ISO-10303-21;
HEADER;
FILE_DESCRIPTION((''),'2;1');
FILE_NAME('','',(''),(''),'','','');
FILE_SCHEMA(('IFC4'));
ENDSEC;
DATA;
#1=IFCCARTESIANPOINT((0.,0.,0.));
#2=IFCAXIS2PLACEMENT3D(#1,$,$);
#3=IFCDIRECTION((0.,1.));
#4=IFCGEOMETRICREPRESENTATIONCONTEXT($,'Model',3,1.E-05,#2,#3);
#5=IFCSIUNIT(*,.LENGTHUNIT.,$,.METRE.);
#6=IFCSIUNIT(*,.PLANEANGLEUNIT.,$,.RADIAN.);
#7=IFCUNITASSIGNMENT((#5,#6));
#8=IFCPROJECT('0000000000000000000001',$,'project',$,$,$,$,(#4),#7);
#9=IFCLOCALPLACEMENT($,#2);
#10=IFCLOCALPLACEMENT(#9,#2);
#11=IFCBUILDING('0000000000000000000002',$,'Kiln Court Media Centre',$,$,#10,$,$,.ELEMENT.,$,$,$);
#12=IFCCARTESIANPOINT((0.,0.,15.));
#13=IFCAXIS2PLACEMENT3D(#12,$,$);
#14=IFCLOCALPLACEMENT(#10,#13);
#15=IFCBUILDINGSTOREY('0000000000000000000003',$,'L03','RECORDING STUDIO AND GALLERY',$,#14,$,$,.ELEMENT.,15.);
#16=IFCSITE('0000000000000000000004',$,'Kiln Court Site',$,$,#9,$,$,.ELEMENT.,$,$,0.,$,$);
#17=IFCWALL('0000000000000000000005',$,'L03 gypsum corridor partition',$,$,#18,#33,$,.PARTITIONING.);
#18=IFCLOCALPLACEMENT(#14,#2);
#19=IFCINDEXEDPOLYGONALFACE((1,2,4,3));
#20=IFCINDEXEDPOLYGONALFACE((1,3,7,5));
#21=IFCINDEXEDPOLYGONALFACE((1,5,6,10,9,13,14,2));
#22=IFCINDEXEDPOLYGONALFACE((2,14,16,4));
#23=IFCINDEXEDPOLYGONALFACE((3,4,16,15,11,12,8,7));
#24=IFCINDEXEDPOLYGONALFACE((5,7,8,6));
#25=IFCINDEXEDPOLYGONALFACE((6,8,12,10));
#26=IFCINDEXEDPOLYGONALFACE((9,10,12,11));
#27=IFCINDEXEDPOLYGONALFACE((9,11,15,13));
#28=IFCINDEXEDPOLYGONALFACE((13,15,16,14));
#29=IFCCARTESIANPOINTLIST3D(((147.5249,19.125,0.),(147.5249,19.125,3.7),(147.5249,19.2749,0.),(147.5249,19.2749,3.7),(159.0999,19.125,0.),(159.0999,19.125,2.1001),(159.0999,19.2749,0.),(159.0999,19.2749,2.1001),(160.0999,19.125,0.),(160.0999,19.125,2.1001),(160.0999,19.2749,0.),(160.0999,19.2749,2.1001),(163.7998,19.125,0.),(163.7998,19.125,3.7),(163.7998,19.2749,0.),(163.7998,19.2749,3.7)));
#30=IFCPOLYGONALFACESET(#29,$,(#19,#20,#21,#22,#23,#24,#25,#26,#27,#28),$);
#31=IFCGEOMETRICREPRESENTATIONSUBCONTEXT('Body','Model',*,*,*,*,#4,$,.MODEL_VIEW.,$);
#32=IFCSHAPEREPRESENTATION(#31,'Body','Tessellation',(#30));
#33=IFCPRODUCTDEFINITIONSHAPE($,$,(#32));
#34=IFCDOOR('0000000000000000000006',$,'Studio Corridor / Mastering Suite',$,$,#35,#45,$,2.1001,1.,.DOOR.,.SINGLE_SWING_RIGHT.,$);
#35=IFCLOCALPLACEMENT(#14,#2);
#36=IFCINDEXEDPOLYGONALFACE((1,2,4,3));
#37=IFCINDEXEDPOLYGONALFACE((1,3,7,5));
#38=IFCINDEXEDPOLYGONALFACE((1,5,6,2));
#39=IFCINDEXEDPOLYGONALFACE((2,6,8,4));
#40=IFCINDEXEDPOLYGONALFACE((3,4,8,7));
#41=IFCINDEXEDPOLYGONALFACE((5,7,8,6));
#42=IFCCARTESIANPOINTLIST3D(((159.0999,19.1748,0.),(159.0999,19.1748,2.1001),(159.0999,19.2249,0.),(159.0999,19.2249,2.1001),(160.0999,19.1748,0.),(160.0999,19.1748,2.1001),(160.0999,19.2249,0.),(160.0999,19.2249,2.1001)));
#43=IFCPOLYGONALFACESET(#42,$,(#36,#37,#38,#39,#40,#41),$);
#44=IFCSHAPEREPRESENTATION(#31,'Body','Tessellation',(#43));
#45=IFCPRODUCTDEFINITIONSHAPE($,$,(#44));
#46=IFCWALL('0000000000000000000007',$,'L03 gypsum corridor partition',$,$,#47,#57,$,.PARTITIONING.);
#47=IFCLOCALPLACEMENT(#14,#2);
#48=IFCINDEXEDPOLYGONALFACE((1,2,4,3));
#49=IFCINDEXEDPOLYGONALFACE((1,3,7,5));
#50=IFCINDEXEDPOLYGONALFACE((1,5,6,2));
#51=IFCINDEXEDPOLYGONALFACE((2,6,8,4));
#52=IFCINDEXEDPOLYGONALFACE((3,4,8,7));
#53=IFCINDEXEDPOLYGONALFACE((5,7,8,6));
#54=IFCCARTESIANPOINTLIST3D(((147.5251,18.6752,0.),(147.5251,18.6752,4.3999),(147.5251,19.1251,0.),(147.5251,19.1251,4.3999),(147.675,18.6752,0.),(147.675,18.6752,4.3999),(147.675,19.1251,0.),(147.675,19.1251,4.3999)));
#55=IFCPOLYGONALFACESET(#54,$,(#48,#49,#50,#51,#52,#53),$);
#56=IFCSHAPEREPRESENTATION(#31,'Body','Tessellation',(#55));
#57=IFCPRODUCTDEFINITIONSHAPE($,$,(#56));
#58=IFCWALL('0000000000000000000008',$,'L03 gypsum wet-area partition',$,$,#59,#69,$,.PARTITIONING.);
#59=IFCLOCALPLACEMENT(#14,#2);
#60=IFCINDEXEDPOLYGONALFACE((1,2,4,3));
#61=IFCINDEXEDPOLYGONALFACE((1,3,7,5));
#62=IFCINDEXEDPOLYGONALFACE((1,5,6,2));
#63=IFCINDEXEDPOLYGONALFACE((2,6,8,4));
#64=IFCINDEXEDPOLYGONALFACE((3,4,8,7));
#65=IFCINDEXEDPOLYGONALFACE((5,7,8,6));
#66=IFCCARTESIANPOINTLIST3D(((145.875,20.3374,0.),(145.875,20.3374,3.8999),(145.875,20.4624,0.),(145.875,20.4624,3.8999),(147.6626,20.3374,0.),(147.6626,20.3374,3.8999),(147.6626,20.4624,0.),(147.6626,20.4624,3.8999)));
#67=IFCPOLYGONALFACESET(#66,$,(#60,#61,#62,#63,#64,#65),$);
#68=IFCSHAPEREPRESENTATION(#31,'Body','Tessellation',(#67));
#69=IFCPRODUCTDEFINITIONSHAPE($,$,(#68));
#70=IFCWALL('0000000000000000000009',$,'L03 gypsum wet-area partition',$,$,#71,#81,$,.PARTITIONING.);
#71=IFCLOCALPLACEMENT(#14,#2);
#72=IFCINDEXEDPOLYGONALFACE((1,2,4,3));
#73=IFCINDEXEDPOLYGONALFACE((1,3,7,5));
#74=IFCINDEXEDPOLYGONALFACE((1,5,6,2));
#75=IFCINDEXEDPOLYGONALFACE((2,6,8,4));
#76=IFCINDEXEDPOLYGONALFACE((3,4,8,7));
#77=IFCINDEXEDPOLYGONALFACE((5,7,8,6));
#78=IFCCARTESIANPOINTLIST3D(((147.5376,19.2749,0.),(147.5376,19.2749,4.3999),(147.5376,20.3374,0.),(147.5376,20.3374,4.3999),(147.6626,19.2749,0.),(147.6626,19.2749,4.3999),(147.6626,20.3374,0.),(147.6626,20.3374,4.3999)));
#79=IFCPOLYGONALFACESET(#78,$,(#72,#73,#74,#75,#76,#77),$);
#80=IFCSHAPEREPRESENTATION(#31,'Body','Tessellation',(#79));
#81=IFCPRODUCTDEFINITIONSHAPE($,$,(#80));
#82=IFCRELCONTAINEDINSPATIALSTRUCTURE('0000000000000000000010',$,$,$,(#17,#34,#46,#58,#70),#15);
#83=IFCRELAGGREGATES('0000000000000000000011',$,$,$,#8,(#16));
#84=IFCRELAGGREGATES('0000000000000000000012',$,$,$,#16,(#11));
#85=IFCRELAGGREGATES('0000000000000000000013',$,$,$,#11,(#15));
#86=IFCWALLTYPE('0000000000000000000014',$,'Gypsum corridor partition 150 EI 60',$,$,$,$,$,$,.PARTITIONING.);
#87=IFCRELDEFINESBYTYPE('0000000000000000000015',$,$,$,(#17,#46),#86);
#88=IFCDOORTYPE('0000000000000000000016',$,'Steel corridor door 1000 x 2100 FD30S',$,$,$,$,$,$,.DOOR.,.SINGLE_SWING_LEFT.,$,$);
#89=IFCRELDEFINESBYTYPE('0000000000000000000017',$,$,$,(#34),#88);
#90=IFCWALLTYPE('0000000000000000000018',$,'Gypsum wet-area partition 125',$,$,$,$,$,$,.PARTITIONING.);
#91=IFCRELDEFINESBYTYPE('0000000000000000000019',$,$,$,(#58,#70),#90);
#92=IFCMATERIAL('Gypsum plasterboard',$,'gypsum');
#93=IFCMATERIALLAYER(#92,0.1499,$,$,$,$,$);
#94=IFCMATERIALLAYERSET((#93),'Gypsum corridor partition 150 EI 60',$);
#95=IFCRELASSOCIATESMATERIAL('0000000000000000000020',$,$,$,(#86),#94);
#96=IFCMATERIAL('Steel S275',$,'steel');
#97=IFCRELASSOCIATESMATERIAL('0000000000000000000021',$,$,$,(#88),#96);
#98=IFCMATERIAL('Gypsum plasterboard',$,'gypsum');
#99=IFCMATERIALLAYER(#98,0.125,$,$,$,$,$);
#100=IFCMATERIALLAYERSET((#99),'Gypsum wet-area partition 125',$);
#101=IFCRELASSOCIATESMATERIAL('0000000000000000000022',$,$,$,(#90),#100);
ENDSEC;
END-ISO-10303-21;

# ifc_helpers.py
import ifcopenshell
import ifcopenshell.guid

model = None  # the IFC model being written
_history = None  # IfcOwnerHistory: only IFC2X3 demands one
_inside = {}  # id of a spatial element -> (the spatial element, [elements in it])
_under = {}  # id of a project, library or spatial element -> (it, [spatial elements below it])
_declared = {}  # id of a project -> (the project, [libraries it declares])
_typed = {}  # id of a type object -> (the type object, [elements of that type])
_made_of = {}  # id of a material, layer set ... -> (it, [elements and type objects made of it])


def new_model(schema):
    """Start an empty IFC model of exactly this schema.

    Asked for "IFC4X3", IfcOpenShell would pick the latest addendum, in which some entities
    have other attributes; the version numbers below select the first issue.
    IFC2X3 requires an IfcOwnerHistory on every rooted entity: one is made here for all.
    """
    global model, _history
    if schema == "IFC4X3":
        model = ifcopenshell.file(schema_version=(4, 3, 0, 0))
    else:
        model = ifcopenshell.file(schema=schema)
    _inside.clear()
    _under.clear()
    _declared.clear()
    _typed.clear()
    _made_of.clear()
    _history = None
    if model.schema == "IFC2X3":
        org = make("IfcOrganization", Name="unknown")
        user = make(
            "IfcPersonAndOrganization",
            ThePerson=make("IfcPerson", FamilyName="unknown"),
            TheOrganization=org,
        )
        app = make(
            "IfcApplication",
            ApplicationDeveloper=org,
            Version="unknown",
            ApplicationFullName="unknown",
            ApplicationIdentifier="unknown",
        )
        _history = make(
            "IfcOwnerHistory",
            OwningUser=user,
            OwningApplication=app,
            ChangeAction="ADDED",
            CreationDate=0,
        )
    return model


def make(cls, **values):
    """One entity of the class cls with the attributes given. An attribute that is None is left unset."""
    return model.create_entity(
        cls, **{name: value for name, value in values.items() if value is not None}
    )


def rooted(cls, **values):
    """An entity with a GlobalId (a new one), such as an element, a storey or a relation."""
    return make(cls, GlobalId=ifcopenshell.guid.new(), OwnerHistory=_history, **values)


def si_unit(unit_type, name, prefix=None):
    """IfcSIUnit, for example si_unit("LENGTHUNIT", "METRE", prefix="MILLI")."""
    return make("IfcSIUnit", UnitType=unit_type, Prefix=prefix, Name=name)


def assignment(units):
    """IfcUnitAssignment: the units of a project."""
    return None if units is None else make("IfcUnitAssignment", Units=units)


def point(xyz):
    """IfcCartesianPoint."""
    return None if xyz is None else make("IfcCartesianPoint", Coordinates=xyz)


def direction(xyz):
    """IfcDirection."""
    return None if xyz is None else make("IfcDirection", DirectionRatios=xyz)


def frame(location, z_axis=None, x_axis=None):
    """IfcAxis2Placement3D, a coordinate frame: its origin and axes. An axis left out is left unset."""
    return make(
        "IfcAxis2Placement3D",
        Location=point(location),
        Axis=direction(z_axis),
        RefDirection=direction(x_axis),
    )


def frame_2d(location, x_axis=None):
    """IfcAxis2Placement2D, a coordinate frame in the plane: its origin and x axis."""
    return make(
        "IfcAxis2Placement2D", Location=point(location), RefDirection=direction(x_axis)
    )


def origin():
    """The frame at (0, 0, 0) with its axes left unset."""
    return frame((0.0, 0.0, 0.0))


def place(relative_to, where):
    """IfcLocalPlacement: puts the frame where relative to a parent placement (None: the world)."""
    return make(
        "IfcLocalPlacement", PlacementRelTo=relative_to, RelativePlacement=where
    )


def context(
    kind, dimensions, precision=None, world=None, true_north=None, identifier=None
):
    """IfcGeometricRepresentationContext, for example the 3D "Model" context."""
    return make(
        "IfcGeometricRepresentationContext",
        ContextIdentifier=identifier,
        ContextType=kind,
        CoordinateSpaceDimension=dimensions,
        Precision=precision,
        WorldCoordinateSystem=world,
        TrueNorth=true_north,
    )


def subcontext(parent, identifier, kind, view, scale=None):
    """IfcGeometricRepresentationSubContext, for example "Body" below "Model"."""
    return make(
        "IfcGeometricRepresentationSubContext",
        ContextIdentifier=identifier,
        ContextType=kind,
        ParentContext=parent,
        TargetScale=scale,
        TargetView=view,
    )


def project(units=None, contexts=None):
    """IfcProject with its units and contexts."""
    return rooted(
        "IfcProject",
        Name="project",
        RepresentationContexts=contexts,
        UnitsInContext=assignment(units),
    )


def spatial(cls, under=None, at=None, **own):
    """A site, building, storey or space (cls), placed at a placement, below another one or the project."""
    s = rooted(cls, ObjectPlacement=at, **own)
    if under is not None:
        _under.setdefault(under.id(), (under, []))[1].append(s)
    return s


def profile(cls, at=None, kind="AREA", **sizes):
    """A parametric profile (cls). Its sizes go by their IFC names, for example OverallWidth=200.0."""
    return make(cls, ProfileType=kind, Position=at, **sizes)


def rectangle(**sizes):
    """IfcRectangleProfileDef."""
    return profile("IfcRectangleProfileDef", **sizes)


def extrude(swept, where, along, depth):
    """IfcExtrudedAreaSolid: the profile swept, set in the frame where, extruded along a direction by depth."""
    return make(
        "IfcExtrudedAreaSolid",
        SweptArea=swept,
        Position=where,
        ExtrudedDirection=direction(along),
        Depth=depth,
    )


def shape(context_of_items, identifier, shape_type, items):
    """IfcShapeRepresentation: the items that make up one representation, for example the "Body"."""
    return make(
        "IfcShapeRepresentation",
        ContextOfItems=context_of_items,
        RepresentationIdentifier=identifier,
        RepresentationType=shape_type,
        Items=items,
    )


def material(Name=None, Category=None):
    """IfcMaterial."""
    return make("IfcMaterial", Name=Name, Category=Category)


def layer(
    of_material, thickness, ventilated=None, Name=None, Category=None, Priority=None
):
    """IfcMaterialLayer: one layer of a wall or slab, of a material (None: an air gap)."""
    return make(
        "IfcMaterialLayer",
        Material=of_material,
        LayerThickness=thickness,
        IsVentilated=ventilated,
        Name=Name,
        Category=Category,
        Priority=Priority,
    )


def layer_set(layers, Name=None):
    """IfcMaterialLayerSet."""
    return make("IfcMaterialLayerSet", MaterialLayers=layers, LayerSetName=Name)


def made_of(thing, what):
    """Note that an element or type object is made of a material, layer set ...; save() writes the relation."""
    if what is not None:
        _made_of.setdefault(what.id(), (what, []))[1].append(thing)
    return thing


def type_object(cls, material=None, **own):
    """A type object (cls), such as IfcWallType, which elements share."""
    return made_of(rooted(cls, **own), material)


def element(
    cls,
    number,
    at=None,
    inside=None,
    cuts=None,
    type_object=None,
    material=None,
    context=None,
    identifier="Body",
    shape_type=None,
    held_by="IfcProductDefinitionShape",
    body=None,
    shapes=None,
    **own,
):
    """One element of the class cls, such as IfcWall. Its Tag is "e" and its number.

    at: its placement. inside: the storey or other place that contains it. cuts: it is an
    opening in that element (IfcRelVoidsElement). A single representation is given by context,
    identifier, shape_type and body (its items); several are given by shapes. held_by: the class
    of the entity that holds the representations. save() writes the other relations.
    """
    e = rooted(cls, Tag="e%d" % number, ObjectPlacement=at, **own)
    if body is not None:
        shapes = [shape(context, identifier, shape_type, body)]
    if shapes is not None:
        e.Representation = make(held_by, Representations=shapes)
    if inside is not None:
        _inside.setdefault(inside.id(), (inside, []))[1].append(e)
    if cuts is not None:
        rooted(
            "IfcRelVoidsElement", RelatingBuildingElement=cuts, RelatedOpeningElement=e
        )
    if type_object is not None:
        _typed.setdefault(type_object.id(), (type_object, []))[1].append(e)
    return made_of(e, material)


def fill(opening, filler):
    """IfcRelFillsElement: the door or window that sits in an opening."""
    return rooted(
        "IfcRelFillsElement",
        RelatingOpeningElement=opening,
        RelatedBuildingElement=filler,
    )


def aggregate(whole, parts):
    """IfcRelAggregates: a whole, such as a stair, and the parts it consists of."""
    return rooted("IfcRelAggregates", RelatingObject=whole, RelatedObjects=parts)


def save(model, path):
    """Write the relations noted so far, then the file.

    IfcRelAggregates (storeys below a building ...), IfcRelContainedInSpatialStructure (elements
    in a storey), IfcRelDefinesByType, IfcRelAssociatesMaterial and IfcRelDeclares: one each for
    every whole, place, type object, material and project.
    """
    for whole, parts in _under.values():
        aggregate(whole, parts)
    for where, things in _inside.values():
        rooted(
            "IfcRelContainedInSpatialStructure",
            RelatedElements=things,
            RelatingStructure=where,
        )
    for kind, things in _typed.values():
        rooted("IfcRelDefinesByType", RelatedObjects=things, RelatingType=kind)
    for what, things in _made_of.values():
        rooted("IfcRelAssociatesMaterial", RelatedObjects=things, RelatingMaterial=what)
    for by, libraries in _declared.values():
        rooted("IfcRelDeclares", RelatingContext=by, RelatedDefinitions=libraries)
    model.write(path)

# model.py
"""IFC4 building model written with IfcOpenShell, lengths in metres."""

from ifc_helpers import new_model, si_unit, direction, frame, frame_2d, origin, place, context, subcontext, project, spatial, rectangle, extrude, material, layer, layer_set, type_object, element, fill, save


model = new_model("IFC4")

# Units and contexts
model_context = context("Model", 3, precision=1e-05, world=origin(), true_north=direction((0.0, 1.0)))
body_context = subcontext(model_context, "Body", "Model", "MODEL_VIEW")
ifc_project = project(units=[si_unit("LENGTHUNIT", "METRE"), si_unit("PLANEANGLEUNIT", "RADIAN")], contexts=[model_context])

# Site, building, storey
site_placement = place(None, origin())
site = spatial("IfcSite", under=ifc_project, at=site_placement, Name="Kiln Court Site", CompositionType="ELEMENT", RefElevation=0.0)
building_placement = place(site_placement, origin())
building = spatial("IfcBuilding", under=site, at=building_placement, Name="Kiln Court Media Centre", CompositionType="ELEMENT")
storey_placement = place(building_placement, frame((0.0, 0.0, 15.0)))
storey = spatial("IfcBuildingStorey", under=building, at=storey_placement, Name="L03", Description="RECORDING STUDIO AND GALLERY", CompositionType="ELEMENT", Elevation=15.0)

# Shared definitions
ifc_material_1 = material(Name="Gypsum plasterboard", Category="gypsum")
ifc_layer_1 = layer(ifc_material_1, 0.1499)
ifc_layer_set_1 = layer_set([ifc_layer_1], Name="Gypsum corridor partition 150 EI 60")
wall_type_1 = type_object("IfcWallType", Name="Gypsum corridor partition 150 EI 60", PredefinedType="PARTITIONING", material=ifc_layer_set_1)

# Wall, opening, door
wall_1_placement = place(storey_placement, frame((147.5249, 19.2, 0.0), z_axis=(0.0, 0.0, 1.0), x_axis=(1.0, 0.0, 0.0)))
wall_1 = element("IfcWall", 1, at=wall_1_placement, inside=storey, type_object=wall_type_1, Name="L03 gypsum corridor partition", PredefinedType="PARTITIONING", context=body_context, shape_type="SweptSolid", body=[
    extrude(rectangle(XDim=16.2749, YDim=0.1499, at=frame_2d((8.1375, 0.0))), origin(), (0.0, 0.0, 1.0), 3.7),
])
opening_1_placement = place(wall_1_placement, frame((11.575, 0.0, 0.0)))
opening_1 = element("IfcOpeningElement", 2, at=opening_1_placement, cuts=wall_1, PredefinedType="OPENING", context=body_context, shape_type="SweptSolid", body=[
    extrude(rectangle(XDim=1.0, YDim=2.1001, at=frame_2d((0.5, 1.05))), frame((0.0, 0.085, 0.0), z_axis=(0.0, -1.0, 0.0), x_axis=(1.0, 0.0, 0.0)), (0.0, 0.0, 1.0), 0.1699),
])
ifc_material_2 = material(Name="Steel S275", Category="steel")
door_type_1 = type_object("IfcDoorType", Name="Steel corridor door 1000 x 2100 FD30S", OperationType="SINGLE_SWING_LEFT", PredefinedType="DOOR", material=ifc_material_2)
door_1_placement = place(opening_1_placement, origin())
door_1 = element("IfcDoor", 3, at=door_1_placement, inside=storey, type_object=door_type_1, Name="Studio Corridor / Mastering Suite", OperationType="SINGLE_SWING_RIGHT", OverallHeight=2.1001, OverallWidth=1.0, PredefinedType="DOOR", context=body_context, shape_type="SweptSolid", body=[
    extrude(rectangle(XDim=1.0, YDim=2.1001, at=frame_2d((0.5, 1.05))), frame((0.0, 0.0249, 0.0), z_axis=(0.0, -1.0, 0.0), x_axis=(1.0, 0.0, 0.0)), (0.0, 0.0, 1.0), 0.05),
])
fill(opening_1, door_1)

# Walls
wall_2_placement = place(storey_placement, frame((147.6001, 18.675, 0.0), z_axis=(0.0, 0.0, 1.0), x_axis=(0.0, 1.0, 0.0)))
element("IfcWall", 4, at=wall_2_placement, inside=storey, type_object=wall_type_1, Name="L03 gypsum corridor partition", PredefinedType="PARTITIONING", context=body_context, shape_type="SweptSolid", body=[
    extrude(rectangle(XDim=0.45, YDim=0.1499, at=frame_2d((0.2251, 0.0))), origin(), (0.0, 0.0, 1.0), 4.3999),
])
ifc_material_3 = material(Name="Gypsum plasterboard", Category="gypsum")
ifc_layer_2 = layer(ifc_material_3, 0.125)
ifc_layer_set_2 = layer_set([ifc_layer_2], Name="Gypsum wet-area partition 125")
wall_type_2 = type_object("IfcWallType", Name="Gypsum wet-area partition 125", PredefinedType="PARTITIONING", material=ifc_layer_set_2)
wall_3_placement = place(storey_placement, frame((145.875, 20.3999, 0.0), z_axis=(0.0, 0.0, 1.0), x_axis=(1.0, 0.0, 0.0)))
element("IfcWall", 5, at=wall_3_placement, inside=storey, type_object=wall_type_2, Name="L03 gypsum wet-area partition", PredefinedType="PARTITIONING", context=body_context, shape_type="SweptSolid", body=[
    extrude(rectangle(XDim=1.7876, YDim=0.125, at=frame_2d((0.8938, 0.0))), origin(), (0.0, 0.0, 1.0), 3.8999),
])
wall_4_placement = place(storey_placement, frame((147.6001, 19.2749, 0.0), z_axis=(0.0, 0.0, 1.0), x_axis=(0.0, 1.0, 0.0)))
element("IfcWall", 6, at=wall_4_placement, inside=storey, type_object=wall_type_2, Name="L03 gypsum wet-area partition", PredefinedType="PARTITIONING", context=body_context, shape_type="SweptSolid", body=[
    extrude(rectangle(XDim=1.0625, YDim=0.125, at=frame_2d((0.5312, 0.0))), origin(), (0.0, 0.0, 1.0), 4.3999),
])

save(model, "model.ifc")
